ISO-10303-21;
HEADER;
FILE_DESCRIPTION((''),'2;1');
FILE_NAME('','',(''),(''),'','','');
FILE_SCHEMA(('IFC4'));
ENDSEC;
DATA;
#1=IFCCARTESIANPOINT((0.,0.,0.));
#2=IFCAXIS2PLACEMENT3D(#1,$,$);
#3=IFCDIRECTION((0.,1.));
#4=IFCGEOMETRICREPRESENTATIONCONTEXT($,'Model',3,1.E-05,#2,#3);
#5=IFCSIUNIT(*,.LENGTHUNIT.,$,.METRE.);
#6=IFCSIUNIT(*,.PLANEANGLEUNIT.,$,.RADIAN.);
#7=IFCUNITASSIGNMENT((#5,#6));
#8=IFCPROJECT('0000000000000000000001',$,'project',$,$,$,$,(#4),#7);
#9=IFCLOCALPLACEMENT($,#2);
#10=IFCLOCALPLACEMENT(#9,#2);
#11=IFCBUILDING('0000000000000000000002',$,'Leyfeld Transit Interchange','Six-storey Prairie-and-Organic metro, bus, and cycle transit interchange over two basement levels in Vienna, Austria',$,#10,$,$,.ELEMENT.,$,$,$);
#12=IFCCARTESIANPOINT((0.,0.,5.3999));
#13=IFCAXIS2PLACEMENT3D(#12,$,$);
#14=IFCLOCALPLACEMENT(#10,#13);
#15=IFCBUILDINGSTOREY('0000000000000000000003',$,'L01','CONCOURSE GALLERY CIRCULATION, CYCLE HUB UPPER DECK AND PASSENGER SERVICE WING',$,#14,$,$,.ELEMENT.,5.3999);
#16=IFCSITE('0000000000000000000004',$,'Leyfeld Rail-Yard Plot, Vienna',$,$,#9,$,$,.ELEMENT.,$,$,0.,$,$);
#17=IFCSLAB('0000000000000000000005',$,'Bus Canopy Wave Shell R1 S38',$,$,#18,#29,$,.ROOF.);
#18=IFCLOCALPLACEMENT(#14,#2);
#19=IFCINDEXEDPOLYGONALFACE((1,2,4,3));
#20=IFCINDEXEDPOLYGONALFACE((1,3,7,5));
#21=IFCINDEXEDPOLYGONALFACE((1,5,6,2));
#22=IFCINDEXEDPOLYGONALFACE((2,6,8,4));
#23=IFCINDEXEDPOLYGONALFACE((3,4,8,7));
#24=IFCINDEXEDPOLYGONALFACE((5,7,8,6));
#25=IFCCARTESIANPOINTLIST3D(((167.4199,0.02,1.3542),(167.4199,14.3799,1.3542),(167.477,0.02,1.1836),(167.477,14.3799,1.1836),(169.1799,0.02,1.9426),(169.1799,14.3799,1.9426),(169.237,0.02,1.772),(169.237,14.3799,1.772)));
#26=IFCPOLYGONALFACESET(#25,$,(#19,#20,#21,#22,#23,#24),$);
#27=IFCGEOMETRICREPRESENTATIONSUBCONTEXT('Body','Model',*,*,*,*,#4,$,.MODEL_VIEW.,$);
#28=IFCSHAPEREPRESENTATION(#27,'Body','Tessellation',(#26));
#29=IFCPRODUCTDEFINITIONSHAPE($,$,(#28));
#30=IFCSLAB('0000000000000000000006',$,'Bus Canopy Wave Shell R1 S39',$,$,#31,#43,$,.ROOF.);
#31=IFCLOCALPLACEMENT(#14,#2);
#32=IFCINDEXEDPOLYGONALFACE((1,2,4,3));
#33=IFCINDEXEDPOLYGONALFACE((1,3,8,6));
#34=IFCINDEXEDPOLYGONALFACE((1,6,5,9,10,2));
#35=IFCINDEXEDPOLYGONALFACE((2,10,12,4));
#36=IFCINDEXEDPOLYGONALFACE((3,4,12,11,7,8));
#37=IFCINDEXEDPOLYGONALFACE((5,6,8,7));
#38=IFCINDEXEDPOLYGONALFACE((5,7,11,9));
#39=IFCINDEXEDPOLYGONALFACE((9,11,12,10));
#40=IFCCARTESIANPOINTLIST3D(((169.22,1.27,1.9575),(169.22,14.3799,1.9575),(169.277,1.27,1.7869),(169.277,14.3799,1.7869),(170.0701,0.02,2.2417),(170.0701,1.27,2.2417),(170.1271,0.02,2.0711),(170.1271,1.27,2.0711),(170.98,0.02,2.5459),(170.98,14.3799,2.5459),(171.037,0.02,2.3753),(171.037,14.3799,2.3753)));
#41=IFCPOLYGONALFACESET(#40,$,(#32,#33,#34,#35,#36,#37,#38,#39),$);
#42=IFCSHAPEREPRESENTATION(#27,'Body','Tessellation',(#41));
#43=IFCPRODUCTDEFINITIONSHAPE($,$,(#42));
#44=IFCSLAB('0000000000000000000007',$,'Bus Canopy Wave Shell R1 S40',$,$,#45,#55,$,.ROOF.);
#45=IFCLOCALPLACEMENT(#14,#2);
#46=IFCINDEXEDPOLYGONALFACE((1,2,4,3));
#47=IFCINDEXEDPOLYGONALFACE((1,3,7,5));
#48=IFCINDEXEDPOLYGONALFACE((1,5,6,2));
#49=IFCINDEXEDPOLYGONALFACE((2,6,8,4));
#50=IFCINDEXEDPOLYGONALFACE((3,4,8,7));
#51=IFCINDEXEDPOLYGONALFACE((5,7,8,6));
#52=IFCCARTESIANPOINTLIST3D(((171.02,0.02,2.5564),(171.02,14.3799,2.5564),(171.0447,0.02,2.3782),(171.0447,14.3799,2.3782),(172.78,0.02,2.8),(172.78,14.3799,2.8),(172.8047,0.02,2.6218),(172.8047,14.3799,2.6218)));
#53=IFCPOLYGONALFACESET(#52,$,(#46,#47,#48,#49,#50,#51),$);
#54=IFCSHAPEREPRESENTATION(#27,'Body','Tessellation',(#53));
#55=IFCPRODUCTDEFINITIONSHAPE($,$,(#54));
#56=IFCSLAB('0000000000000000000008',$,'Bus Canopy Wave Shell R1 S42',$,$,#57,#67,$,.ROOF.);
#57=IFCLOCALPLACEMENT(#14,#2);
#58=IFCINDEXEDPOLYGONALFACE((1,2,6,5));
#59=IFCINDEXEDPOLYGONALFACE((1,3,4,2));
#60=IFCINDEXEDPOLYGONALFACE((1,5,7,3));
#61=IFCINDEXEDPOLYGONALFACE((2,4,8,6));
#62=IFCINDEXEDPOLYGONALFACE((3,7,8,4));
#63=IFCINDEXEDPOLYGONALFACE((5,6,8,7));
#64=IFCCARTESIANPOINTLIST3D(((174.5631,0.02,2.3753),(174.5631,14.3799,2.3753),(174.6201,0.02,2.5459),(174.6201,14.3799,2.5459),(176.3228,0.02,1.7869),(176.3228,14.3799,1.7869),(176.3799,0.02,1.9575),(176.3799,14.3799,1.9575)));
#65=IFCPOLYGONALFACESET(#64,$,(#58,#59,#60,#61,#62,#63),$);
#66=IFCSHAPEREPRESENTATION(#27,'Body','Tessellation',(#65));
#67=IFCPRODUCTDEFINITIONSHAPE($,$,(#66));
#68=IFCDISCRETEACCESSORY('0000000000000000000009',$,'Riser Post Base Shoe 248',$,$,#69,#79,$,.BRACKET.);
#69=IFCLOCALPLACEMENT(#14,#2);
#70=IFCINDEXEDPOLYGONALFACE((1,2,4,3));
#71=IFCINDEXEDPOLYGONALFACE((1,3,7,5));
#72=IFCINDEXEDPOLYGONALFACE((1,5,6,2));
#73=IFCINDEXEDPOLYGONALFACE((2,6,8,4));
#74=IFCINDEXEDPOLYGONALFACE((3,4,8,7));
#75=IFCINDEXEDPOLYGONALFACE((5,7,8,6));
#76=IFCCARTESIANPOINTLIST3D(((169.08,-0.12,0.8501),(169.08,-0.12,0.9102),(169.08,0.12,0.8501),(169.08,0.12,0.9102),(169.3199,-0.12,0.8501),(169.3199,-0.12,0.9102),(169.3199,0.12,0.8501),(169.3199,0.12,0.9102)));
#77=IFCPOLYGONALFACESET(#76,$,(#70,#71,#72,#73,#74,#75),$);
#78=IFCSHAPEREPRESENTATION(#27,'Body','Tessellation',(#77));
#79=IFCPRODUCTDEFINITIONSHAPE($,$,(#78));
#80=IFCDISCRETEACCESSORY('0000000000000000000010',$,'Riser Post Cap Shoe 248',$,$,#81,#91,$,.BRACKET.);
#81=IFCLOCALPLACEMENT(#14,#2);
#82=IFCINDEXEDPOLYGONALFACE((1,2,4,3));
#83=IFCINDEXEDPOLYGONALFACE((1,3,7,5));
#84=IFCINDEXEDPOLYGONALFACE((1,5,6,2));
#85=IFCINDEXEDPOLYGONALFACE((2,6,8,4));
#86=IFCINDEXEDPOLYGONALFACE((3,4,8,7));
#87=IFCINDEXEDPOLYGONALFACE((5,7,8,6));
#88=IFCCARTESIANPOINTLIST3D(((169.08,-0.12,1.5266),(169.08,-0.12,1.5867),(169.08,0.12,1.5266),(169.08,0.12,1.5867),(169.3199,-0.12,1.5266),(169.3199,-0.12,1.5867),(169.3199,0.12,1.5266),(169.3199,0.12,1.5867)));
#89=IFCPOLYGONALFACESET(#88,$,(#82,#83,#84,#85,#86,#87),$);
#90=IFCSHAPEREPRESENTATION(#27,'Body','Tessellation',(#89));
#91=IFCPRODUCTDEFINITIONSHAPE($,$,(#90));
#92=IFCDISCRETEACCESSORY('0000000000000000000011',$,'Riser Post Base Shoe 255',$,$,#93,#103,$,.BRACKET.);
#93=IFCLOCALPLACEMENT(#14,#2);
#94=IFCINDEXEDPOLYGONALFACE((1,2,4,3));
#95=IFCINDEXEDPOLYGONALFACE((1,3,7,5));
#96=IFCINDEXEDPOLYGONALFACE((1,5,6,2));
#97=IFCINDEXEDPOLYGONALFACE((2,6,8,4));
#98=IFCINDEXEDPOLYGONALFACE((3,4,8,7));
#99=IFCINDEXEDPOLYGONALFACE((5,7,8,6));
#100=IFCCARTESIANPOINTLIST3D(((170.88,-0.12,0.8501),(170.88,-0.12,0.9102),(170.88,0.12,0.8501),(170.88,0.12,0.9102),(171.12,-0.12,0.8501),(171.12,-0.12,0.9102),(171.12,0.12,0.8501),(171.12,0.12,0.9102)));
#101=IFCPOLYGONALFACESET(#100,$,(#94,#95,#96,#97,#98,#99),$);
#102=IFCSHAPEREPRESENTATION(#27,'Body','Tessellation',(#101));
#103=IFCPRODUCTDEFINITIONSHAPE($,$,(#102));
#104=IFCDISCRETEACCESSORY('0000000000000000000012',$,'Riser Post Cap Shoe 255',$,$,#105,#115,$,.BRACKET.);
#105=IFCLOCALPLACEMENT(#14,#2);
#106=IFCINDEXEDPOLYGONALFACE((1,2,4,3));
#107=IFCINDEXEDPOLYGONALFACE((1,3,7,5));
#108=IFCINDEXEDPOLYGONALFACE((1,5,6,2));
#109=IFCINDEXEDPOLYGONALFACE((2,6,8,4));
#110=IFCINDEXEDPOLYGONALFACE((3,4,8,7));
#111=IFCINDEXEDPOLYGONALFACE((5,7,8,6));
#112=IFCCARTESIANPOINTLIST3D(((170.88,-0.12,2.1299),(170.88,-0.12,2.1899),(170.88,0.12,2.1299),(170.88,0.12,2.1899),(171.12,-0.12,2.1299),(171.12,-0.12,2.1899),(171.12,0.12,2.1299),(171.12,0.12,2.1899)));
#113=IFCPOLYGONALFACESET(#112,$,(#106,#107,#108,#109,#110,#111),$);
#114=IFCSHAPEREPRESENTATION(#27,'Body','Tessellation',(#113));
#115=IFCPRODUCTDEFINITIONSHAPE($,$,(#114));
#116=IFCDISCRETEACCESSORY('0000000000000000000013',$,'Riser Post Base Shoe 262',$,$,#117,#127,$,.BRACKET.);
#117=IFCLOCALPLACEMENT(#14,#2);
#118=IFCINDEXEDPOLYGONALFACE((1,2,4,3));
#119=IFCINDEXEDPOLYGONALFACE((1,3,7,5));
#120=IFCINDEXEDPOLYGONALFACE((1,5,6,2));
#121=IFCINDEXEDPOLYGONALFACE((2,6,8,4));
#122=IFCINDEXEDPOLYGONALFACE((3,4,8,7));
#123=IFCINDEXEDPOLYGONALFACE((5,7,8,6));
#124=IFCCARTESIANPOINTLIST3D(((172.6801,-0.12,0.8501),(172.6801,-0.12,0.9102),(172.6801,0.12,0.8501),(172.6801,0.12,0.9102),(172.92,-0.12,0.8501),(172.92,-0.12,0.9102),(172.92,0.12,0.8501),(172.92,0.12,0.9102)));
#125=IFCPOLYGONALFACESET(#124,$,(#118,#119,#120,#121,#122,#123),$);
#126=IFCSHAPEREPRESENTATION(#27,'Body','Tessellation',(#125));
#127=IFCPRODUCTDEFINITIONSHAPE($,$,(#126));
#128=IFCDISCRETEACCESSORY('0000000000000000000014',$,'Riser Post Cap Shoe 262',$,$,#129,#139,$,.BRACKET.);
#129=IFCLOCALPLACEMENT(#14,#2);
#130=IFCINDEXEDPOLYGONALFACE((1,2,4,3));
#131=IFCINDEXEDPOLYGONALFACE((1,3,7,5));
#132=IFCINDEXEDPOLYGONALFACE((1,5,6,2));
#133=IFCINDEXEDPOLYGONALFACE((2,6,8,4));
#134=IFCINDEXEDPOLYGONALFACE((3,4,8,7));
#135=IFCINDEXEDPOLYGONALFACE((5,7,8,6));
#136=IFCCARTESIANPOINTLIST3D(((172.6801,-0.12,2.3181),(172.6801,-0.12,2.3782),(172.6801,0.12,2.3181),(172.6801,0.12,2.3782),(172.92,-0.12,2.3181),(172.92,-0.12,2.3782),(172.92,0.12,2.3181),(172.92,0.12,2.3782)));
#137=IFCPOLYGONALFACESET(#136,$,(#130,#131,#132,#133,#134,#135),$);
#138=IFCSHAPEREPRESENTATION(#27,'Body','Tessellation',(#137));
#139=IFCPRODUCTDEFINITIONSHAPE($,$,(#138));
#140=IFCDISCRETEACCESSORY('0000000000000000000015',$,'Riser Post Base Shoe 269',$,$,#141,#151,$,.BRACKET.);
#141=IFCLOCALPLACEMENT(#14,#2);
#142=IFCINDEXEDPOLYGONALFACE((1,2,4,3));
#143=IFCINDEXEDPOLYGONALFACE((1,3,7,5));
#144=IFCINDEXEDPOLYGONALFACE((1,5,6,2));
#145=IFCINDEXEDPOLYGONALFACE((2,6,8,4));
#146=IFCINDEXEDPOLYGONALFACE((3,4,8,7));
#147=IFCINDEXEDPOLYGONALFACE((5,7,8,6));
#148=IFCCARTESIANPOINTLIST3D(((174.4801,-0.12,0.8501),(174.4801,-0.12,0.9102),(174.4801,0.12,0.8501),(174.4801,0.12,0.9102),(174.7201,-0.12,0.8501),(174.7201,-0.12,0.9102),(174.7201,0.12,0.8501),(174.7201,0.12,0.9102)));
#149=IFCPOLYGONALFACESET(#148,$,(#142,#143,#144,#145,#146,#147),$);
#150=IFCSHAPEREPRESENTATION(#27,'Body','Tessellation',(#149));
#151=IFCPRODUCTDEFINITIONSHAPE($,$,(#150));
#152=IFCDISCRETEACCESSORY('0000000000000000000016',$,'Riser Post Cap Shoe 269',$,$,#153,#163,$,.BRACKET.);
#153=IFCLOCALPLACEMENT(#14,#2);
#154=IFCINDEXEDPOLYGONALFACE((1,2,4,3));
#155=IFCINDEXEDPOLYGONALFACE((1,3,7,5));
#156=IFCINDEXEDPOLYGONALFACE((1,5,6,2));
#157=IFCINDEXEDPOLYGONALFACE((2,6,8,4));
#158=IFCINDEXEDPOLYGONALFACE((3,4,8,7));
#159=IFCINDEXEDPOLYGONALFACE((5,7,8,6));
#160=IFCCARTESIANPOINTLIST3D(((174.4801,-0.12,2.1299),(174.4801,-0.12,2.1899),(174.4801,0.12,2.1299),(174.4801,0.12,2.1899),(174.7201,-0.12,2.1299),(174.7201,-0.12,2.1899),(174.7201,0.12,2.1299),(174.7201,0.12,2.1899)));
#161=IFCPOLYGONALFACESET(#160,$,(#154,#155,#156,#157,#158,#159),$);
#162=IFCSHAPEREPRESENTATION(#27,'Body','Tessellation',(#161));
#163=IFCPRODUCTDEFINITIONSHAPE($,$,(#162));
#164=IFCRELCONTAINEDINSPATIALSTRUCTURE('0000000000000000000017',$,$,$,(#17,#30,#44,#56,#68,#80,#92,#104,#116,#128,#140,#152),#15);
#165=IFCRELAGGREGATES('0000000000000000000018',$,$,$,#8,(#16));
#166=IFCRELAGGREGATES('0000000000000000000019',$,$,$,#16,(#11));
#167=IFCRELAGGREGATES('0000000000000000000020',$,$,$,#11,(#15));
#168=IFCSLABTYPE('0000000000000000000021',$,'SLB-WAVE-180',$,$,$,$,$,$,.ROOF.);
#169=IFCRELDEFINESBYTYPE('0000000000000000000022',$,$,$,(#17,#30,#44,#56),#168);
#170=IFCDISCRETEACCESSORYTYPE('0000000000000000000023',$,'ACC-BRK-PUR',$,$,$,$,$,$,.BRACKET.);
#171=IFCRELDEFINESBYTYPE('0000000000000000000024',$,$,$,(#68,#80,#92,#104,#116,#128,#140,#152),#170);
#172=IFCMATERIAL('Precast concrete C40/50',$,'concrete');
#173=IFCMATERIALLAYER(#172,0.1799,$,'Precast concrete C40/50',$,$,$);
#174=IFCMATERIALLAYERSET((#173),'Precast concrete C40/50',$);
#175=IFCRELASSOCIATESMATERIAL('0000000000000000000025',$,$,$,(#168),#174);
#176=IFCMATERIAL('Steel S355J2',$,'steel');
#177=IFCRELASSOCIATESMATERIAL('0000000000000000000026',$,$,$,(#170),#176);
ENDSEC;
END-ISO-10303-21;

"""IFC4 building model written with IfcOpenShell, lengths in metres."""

from ifc_helpers import new_model, si_unit, direction, frame, origin, origin_2d, place, context, subcontext, project, spatial, polyline, rectangle, outline, extrude, material, layer, layer_set, type_object, element, save


model = new_model("IFC4")

# Units and contexts
model_context = context("Model", 3, precision=1e-05, world=origin(), true_north=direction((0.0, 1.0)))
body_context = subcontext(model_context, "Body", "Model", "MODEL_VIEW")
ifc_project = project(units=[si_unit("LENGTHUNIT", "METRE"), si_unit("PLANEANGLEUNIT", "RADIAN")], contexts=[model_context])

# Site, building, storey
site_placement = place(None, origin())
site = spatial("IfcSite", under=ifc_project, at=site_placement, Name="Leyfeld Rail-Yard Plot, Vienna", CompositionType="ELEMENT", RefElevation=0.0)
building_placement = place(site_placement, origin())
building = spatial("IfcBuilding", under=site, at=building_placement, Name="Leyfeld Transit Interchange", Description="Six-storey Prairie-and-Organic metro, bus, and cycle transit interchange over two basement levels in Vienna, Austria", CompositionType="ELEMENT")
storey_placement = place(building_placement, frame((0.0, 0.0, 5.3999)))
storey = spatial("IfcBuildingStorey", under=building, at=storey_placement, Name="L01", Description="CONCOURSE GALLERY CIRCULATION, CYCLE HUB UPPER DECK AND PASSENGER SERVICE WING", CompositionType="ELEMENT", Elevation=5.3999)

# Shared definitions
ifc_material_1 = material(Name="Steel S355J2", Category="steel")

# Slabs
ifc_material_2 = material(Name="Precast concrete C40/50", Category="concrete")
ifc_layer = layer(ifc_material_2, 0.1799, Name="Precast concrete C40/50")
ifc_layer_set = layer_set([ifc_layer], Name="Precast concrete C40/50")
slab_type = type_object("IfcSlabType", Name="SLB-WAVE-180", PredefinedType="ROOF", material=ifc_layer_set)
slab_1_placement = place(storey_placement, frame((167.4199, 0.02, 1.3542), z_axis=(-0.317056, 0.0, 0.948407), x_axis=(0.948407, 0.0, 0.317056)))
element("IfcSlab", 1, at=slab_1_placement, inside=storey, type_object=slab_type, Name="Bus Canopy Wave Shell R1 S38", PredefinedType="ROOF", context=body_context, shape_type="SweptSolid", body=[
    extrude(outline(polyline([(0.0, 0.0), (1.8558, 0.0), (1.8558, 14.3599), (0.0, 14.3599), (0.0, 0.0)])), origin(), (0.0, 0.0, -1.0), 0.1799),
])
slab_2_placement = place(storey_placement, frame((169.22, 1.27, 1.9575), z_axis=(-0.317057, 0.0, 0.948406), x_axis=(0.948406, 0.0, 0.317057)))
element("IfcSlab", 2, at=slab_2_placement, inside=storey, type_object=slab_type, Name="Bus Canopy Wave Shell R1 S39", PredefinedType="ROOF", context=body_context, shape_type="SweptSolid", body=[
    extrude(outline(polyline([(0.0, 0.0), (0.8963, 0.0), (0.8963, -1.25), (1.8558, -1.25), (1.8558, 13.1099), (0.0, 13.1099), (0.0, 0.0)])), origin(), (0.0, 0.0, -1.0), 0.1799),
])
slab_3_placement = place(storey_placement, frame((171.02, 0.02, 2.5564), z_axis=(-0.13713, 0.0, 0.990553), x_axis=(0.990553, 0.0, 0.13713)))
element("IfcSlab", 3, at=slab_3_placement, inside=storey, type_object=slab_type, Name="Bus Canopy Wave Shell R1 S40", PredefinedType="ROOF", context=body_context, shape_type="SweptSolid", body=[
    extrude(outline(polyline([(0.0, 0.0), (1.7768, 0.0), (1.7768, 14.3599), (0.0, 14.3599), (0.0, 0.0)])), origin(), (0.0, 0.0, -1.0), 0.1799),
])
slab_4_placement = place(storey_placement, frame((174.6201, 0.02, 2.5459), z_axis=(0.317096, 0.0, 0.948393), x_axis=(0.948393, 0.0, -0.317096)))
element("IfcSlab", 4, at=slab_4_placement, inside=storey, type_object=slab_type, Name="Bus Canopy Wave Shell R1 S42", PredefinedType="ROOF", context=body_context, shape_type="SweptSolid", body=[
    extrude(outline(polyline([(0.0, 0.0), (1.8555, 0.0), (1.8555, 14.3599), (0.0, 14.3599), (0.0, 0.0)])), origin(), (0.0, 0.0, -1.0), 0.1799),
])

# Discrete accessories
discrete_accessory_type = type_object("IfcDiscreteAccessoryType", Name="ACC-BRK-PUR", PredefinedType="BRACKET", material=ifc_material_1)
for number, where, z_axis, x_axis, name in (
    (5, (169.2, 0.0, 0.8501), (0.0, 0.0, 1.0), (1.0, 0.0, 0.0), "Riser Post Base Shoe 248"),
    (6, (169.2, 0.0, 1.5266), (0.0, 0.0, 1.0), (1.0, 0.0, 0.0), "Riser Post Cap Shoe 248"),
    (7, (171.0, 0.0, 0.8501), (0.0, 0.0, 1.0), (1.0, 0.0, 0.0), "Riser Post Base Shoe 255"),
    (8, (171.0, 0.0, 2.1299), (0.0, 0.0, 1.0), (1.0, 0.0, 0.0), "Riser Post Cap Shoe 255"),
    (9, (172.8, 0.0, 0.8501), (0.0, 0.0, 1.0), (1.0, 0.0, 0.0), "Riser Post Base Shoe 262"),
    (10, (172.8, 0.0, 2.3181), (0.0, 0.0, 1.0), (1.0, 0.0, 0.0), "Riser Post Cap Shoe 262"),
    (11, (174.6001, 0.0, 0.8501), (0.0, 0.0, 1.0), (1.0, 0.0, 0.0), "Riser Post Base Shoe 269"),
    (12, (174.6001, 0.0, 2.1299), (0.0, 0.0, 1.0), (1.0, 0.0, 0.0), "Riser Post Cap Shoe 269"),
):
    element("IfcDiscreteAccessory", number, at=place(storey_placement, frame(where, z_axis=z_axis, x_axis=x_axis)), inside=storey, type_object=discrete_accessory_type, Name=name, PredefinedType="BRACKET", context=body_context, shape_type="SweptSolid", body=[
        extrude(rectangle(XDim=0.24, YDim=0.24, at=origin_2d()), origin(), (0.0, 0.0, 1.0), 0.0601),
    ])

save(model, "model.ifc")
